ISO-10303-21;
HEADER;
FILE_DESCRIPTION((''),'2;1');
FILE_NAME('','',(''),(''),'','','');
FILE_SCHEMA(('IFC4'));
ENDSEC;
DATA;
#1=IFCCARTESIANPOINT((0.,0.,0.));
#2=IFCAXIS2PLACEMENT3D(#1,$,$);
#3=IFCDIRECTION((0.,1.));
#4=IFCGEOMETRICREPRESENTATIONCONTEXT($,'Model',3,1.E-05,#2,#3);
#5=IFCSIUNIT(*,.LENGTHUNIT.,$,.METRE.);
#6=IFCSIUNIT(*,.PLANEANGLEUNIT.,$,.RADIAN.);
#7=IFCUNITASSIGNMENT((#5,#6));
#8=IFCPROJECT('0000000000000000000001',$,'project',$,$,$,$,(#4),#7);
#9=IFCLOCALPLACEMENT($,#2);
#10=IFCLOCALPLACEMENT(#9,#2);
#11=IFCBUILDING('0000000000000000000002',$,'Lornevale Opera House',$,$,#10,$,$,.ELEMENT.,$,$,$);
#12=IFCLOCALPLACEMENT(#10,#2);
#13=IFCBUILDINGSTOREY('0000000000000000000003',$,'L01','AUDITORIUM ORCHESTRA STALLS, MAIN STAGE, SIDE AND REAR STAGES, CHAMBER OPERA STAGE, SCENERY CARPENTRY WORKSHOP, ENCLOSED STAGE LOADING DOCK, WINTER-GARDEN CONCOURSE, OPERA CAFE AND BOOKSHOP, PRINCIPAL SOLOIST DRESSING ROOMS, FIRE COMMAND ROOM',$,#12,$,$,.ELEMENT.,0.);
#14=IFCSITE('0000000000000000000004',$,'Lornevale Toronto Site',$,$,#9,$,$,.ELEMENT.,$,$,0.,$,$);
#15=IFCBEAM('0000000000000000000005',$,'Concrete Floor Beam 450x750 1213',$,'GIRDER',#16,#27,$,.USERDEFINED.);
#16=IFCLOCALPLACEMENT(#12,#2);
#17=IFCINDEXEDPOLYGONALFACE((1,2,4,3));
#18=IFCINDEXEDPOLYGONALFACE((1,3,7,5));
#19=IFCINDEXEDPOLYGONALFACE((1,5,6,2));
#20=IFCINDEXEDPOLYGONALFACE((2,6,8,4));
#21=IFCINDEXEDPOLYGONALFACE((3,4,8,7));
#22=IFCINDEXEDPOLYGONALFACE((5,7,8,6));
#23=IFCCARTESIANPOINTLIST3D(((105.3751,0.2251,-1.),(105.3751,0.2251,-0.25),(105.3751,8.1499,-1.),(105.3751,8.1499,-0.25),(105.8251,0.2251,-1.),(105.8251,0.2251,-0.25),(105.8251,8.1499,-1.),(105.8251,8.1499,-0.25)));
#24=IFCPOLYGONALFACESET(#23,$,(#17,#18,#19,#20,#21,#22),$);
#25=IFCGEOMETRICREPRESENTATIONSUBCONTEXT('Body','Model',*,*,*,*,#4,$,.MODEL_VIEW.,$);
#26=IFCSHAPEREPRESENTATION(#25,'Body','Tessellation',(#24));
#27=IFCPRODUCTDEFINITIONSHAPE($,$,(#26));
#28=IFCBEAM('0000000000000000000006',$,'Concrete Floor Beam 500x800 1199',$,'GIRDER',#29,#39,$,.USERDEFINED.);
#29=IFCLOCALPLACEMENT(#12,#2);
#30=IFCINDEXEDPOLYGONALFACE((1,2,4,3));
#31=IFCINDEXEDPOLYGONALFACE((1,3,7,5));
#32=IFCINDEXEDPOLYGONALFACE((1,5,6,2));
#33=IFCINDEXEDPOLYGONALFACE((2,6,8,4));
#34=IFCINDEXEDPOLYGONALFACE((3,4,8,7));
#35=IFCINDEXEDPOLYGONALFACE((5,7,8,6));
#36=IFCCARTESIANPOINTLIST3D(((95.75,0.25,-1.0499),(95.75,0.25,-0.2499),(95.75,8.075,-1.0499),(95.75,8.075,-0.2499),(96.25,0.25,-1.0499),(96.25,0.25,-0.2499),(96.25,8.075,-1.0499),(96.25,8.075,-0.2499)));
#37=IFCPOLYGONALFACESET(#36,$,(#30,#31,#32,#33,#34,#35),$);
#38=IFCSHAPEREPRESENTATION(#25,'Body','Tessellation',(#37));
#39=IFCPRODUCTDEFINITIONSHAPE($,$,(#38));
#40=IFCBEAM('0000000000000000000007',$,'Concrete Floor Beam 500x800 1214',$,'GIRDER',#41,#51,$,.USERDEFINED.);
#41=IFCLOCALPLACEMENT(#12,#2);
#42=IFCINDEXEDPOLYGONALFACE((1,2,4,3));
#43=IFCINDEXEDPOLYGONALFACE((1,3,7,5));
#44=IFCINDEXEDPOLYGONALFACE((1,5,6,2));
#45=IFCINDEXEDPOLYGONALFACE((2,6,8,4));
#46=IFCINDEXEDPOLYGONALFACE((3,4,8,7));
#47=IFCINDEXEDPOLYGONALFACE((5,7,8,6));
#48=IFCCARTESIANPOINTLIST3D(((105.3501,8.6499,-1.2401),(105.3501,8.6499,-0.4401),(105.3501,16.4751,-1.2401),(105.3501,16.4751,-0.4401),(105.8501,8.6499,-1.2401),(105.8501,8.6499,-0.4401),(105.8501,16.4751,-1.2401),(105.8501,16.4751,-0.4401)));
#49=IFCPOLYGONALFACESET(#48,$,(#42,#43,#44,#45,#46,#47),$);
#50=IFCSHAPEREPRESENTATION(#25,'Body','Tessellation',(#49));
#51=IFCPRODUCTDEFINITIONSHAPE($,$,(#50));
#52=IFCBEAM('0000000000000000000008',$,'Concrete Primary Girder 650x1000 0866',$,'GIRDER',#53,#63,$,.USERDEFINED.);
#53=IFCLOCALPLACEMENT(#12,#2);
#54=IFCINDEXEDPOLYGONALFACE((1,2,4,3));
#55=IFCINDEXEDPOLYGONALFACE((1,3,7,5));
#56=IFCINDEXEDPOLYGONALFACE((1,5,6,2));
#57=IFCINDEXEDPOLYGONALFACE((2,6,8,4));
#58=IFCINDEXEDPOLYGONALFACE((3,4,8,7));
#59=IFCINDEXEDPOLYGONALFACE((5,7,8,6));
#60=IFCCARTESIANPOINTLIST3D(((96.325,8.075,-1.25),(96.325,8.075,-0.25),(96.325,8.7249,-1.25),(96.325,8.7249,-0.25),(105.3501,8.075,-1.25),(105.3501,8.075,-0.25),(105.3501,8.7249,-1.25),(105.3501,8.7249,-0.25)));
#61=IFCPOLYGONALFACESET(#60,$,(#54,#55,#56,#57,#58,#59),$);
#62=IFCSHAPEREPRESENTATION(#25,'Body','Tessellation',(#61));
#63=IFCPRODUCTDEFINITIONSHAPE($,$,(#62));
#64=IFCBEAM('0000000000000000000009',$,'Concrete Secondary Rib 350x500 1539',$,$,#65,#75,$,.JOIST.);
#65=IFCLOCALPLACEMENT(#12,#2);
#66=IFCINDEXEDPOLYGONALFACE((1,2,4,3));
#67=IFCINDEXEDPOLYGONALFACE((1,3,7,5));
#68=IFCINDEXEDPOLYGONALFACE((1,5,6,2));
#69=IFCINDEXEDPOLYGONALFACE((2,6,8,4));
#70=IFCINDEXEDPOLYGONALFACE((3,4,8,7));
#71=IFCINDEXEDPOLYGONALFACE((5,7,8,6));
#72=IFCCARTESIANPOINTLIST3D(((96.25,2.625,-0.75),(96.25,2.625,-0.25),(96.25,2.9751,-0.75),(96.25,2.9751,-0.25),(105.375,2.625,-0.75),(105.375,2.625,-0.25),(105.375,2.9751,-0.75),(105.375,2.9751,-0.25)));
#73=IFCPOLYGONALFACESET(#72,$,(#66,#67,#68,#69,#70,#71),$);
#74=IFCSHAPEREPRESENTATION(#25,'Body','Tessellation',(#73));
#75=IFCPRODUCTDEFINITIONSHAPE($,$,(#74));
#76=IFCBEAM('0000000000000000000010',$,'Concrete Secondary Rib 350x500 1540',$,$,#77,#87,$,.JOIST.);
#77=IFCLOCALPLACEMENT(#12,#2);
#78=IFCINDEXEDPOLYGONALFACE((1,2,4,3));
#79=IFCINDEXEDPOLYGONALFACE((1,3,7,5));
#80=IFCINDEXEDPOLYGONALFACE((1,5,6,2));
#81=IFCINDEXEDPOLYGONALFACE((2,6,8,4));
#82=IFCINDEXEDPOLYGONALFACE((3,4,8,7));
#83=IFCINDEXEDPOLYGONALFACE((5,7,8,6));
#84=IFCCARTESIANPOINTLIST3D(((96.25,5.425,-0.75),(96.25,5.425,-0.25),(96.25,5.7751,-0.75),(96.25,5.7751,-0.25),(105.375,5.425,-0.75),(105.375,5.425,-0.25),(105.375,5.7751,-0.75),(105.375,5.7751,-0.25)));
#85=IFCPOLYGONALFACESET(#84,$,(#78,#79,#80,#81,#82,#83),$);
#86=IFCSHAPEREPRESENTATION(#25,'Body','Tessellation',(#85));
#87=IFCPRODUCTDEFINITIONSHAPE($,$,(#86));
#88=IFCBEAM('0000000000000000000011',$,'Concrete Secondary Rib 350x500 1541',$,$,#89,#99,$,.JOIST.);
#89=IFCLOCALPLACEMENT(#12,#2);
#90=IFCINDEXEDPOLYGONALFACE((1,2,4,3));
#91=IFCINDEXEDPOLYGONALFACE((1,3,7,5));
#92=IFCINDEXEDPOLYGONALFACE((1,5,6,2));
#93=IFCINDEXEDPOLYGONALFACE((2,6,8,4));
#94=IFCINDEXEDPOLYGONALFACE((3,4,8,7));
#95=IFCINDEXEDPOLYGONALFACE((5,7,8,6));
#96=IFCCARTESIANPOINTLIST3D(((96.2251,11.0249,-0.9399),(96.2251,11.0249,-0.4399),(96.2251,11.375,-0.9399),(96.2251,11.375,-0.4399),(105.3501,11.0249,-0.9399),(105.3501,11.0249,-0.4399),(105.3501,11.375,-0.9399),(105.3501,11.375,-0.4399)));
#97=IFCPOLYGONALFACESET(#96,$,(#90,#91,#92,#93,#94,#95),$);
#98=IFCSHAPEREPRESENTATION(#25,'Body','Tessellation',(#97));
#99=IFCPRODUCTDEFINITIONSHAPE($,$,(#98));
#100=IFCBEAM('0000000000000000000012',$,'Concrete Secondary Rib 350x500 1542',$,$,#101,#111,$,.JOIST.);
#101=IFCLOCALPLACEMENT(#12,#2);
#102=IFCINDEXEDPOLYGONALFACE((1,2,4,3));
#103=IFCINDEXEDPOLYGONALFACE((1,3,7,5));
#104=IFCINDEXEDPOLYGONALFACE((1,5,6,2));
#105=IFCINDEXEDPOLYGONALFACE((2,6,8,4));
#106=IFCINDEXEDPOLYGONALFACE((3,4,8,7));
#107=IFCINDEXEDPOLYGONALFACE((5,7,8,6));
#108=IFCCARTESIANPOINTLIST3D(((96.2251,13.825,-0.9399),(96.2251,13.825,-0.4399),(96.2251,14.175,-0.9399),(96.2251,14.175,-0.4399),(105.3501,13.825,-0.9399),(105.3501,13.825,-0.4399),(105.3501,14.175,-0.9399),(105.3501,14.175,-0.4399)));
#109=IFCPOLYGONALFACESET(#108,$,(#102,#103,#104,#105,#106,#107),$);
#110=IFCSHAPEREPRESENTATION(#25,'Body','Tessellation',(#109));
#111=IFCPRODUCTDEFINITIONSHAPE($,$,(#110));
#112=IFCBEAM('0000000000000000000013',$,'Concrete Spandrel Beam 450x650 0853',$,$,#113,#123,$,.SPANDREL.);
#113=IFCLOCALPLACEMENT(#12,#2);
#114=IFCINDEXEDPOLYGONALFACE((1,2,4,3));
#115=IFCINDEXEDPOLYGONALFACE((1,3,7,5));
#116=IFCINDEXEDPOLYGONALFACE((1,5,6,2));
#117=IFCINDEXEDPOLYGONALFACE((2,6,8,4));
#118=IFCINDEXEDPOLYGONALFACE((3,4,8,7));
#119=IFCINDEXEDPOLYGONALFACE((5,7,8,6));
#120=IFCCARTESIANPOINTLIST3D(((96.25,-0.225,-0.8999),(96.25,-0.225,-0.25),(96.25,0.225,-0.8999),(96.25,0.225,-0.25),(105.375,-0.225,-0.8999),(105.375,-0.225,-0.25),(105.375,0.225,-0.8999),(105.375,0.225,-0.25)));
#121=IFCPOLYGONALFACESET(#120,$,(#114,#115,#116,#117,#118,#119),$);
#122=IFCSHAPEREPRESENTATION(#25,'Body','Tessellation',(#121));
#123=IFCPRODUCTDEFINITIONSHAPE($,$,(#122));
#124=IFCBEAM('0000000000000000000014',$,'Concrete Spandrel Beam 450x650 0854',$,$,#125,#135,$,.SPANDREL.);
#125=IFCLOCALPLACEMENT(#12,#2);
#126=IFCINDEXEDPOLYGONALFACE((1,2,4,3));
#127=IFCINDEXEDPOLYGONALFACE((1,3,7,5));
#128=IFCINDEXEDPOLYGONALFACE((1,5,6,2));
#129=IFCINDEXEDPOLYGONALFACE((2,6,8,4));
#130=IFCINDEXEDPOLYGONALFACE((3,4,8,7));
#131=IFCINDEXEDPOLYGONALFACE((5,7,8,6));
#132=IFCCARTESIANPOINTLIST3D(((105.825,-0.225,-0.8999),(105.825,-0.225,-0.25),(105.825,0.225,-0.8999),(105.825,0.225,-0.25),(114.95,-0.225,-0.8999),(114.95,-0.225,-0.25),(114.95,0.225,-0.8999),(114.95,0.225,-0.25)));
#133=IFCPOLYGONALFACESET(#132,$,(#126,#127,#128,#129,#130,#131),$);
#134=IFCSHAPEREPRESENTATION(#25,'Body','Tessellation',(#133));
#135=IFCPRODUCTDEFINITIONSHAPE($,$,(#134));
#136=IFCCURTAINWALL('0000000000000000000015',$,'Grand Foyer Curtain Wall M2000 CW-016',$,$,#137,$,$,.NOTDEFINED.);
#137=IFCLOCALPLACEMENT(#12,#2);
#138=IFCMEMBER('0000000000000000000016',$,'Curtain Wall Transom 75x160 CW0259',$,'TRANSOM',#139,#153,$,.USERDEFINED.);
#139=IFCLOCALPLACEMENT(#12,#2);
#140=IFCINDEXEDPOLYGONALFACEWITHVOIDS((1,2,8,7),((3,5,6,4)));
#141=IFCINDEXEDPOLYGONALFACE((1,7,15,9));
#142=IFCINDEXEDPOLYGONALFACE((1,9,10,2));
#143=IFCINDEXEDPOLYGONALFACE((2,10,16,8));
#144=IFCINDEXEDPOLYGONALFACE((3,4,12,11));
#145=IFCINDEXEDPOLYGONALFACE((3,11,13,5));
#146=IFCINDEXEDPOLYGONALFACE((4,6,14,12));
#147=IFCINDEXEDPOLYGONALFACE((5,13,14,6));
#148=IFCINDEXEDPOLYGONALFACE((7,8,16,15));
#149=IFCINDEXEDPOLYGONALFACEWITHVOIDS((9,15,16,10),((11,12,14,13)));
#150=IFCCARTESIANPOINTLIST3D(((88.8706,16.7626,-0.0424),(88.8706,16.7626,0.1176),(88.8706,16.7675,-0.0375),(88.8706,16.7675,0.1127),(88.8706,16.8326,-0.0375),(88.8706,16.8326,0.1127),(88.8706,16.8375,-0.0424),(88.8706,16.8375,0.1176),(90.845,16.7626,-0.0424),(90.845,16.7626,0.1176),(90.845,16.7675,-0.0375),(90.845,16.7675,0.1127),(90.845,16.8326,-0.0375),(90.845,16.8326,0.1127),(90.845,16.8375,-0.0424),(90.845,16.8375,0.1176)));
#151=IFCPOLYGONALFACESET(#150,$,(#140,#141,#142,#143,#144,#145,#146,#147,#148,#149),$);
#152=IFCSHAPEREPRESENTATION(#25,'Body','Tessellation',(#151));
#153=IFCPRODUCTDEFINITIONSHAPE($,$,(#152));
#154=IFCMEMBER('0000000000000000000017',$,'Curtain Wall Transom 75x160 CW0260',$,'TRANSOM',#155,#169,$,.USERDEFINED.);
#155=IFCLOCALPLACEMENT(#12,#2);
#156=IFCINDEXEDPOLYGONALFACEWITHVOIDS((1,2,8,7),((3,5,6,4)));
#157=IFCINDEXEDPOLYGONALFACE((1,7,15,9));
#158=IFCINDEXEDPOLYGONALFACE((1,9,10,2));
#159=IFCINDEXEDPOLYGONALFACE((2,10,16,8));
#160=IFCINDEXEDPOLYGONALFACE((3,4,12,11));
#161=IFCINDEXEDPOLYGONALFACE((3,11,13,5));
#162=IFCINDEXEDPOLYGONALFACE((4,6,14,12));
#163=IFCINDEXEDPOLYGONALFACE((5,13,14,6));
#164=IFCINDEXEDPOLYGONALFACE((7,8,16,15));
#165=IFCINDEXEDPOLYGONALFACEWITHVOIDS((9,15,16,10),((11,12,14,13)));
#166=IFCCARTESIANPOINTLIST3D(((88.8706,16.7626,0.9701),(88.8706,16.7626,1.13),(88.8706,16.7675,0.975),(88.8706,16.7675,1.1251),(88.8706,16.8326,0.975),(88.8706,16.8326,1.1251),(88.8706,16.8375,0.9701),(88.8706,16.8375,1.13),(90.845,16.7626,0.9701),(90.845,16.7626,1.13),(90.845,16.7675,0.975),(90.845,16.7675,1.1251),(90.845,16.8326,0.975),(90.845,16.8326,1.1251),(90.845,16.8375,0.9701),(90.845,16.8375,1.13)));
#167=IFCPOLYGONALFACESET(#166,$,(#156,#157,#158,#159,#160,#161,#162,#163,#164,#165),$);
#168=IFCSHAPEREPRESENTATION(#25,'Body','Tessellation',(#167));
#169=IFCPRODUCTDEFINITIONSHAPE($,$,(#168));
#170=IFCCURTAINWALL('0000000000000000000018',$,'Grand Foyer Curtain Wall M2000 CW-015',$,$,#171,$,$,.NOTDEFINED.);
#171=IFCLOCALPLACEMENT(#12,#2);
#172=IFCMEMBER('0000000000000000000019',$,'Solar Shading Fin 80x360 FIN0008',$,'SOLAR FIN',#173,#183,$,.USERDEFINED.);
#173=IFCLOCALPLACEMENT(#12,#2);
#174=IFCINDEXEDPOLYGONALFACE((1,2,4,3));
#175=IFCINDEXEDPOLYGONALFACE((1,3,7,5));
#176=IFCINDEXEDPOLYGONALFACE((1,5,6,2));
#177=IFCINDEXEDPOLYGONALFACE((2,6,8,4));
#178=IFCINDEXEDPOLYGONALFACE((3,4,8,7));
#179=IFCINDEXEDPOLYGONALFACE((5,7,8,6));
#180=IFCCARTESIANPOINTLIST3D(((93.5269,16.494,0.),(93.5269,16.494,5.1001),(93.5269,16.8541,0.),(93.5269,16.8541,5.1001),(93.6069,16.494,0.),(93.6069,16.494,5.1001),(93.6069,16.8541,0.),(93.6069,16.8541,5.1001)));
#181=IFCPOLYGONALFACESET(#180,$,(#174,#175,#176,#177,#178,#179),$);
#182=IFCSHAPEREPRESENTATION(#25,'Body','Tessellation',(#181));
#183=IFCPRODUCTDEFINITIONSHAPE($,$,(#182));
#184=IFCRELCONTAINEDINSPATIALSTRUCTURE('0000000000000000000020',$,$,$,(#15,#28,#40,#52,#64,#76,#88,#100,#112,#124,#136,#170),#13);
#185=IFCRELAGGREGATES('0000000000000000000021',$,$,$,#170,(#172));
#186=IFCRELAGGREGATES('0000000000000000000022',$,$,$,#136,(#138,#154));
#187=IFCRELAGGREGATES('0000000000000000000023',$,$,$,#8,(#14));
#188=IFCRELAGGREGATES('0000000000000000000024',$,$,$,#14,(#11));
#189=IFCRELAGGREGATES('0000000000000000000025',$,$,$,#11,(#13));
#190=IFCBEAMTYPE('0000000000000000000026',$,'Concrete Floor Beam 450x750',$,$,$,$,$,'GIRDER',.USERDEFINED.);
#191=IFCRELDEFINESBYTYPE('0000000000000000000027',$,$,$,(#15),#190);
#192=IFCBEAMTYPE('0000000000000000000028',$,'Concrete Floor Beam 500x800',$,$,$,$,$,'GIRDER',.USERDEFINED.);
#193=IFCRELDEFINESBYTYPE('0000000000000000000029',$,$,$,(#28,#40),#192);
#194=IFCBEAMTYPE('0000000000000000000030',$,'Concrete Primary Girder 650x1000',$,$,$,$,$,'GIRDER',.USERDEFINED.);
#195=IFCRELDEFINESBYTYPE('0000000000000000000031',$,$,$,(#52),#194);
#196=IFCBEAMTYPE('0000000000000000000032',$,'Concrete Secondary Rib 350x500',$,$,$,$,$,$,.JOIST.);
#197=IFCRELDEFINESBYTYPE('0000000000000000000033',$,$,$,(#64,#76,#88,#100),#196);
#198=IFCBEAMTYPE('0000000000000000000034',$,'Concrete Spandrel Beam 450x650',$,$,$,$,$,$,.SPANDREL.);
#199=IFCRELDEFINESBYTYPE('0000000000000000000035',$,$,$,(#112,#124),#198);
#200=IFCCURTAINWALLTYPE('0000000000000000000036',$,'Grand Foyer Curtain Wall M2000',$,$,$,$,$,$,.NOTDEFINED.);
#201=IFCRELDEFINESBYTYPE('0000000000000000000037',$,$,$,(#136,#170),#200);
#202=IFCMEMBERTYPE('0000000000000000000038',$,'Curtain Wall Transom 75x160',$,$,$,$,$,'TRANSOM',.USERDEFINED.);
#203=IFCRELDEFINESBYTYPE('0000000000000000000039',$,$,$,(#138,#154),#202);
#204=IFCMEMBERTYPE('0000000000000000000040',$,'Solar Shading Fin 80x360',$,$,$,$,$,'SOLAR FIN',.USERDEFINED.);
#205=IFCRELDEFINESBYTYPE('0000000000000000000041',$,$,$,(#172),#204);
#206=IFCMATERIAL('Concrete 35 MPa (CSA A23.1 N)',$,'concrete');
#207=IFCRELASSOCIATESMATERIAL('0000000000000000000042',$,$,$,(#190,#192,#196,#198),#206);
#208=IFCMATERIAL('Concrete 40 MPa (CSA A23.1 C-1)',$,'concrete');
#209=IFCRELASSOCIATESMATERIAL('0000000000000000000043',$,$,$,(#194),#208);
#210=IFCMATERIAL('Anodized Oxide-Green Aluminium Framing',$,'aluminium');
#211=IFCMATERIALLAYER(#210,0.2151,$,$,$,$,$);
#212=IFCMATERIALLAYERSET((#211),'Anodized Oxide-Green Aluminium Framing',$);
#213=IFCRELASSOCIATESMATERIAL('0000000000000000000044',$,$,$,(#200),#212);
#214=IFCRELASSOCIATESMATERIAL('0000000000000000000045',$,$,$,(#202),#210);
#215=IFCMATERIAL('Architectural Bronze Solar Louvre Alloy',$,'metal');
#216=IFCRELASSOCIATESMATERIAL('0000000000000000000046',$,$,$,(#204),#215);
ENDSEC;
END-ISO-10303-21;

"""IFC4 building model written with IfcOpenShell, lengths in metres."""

from ifc_helpers import new_model, si_unit, direction, frame, origin, origin_2d, place, context, subcontext, project, spatial, rectangle, hollow_rectangle, extrude, material, layer, layer_set, material_profile, profile_set, type_object, element, aggregate, save


model = new_model("IFC4")

# Units and contexts
model_context = context("Model", 3, precision=1e-05, world=origin(), true_north=direction((0.0, 1.0)))
body_context = subcontext(model_context, "Body", "Model", "MODEL_VIEW")
ifc_project = project(units=[si_unit("LENGTHUNIT", "METRE"), si_unit("PLANEANGLEUNIT", "RADIAN")], contexts=[model_context])

# Site, building, storey
site_placement = place(None, origin())
site = spatial("IfcSite", under=ifc_project, at=site_placement, Name="Lornevale Toronto Site", CompositionType="ELEMENT", RefElevation=0.0)
building_placement = place(site_placement, origin())
building = spatial("IfcBuilding", under=site, at=building_placement, Name="Lornevale Opera House", CompositionType="ELEMENT")
storey_placement = place(building_placement, origin())
storey = spatial("IfcBuildingStorey", under=building, at=storey_placement, Name="L01", Description="AUDITORIUM ORCHESTRA STALLS, MAIN STAGE, SIDE AND REAR STAGES, CHAMBER OPERA STAGE, SCENERY CARPENTRY WORKSHOP, ENCLOSED STAGE LOADING DOCK, WINTER-GARDEN CONCOURSE, OPERA CAFE AND BOOKSHOP, PRINCIPAL SOLOIST DRESSING ROOMS, FIRE COMMAND ROOM", CompositionType="ELEMENT", Elevation=0.0)

# Beams
ifc_material_1 = material(Name="Concrete 35 MPa (CSA A23.1 N)", Category="concrete")
ifc_material_profile_1 = material_profile(ifc_material_1, rectangle(XDim=0.45, YDim=0.75, at=origin_2d()), Name="RC450x750")
ifc_profile_set_1 = profile_set([ifc_material_profile_1], Name="Concrete 35 MPa (CSA A23.1 N)")
beam_type_1 = type_object("IfcBeamType", Name="Concrete Floor Beam 450x750", ElementType="GIRDER", PredefinedType="USERDEFINED", material=ifc_profile_set_1)
beam_1_placement = place(storey_placement, frame((105.6001, 0.2251, -0.625), z_axis=(0.0, 1.0, 0.0), x_axis=(-1.0, 0.0, 0.0)))
element("IfcBeam", 1, at=beam_1_placement, inside=storey, type_object=beam_type_1, Name="Concrete Floor Beam 450x750 1213", ObjectType="GIRDER", PredefinedType="USERDEFINED", context=body_context, shape_type="SweptSolid", body=[
    extrude(rectangle(XDim=0.45, YDim=0.75, at=origin_2d()), origin(), (0.0, 0.0, 1.0), 7.9248),
])
ifc_material_profile_2 = material_profile(ifc_material_1, rectangle(XDim=0.5, YDim=0.8, at=origin_2d()), Name="RC500x800")
ifc_profile_set_2 = profile_set([ifc_material_profile_2], Name="Concrete 35 MPa (CSA A23.1 N)")
beam_type_2 = type_object("IfcBeamType", Name="Concrete Floor Beam 500x800", ElementType="GIRDER", PredefinedType="USERDEFINED", material=ifc_profile_set_2)
beam_2_placement = place(storey_placement, frame((96.0, 0.25, -0.6499), z_axis=(0.0, 1.0, 0.0), x_axis=(-1.0, 0.0, 0.0)))
element("IfcBeam", 2, at=beam_2_placement, inside=storey, type_object=beam_type_2, Name="Concrete Floor Beam 500x800 1199", ObjectType="GIRDER", PredefinedType="USERDEFINED", context=body_context, shape_type="SweptSolid", body=[
    extrude(rectangle(XDim=0.5, YDim=0.8, at=origin_2d()), origin(), (0.0, 0.0, 1.0), 7.825),
])
beam_3_placement = place(storey_placement, frame((105.6001, 8.6499, -0.8401), z_axis=(0.0, 1.0, 0.0), x_axis=(-1.0, 0.0, 0.0)))
element("IfcBeam", 3, at=beam_3_placement, inside=storey, type_object=beam_type_2, Name="Concrete Floor Beam 500x800 1214", ObjectType="GIRDER", PredefinedType="USERDEFINED", context=body_context, shape_type="SweptSolid", body=[
    extrude(rectangle(XDim=0.5, YDim=0.8, at=origin_2d()), origin(), (0.0, 0.0, 1.0), 7.8252),
])
ifc_material_2 = material(Name="Concrete 40 MPa (CSA A23.1 C-1)", Category="concrete")
ifc_material_profile_3 = material_profile(ifc_material_2, rectangle(XDim=0.6499, YDim=1.0, at=origin_2d()), Name="RC650x1000")
ifc_profile_set_3 = profile_set([ifc_material_profile_3], Name="Concrete 40 MPa (CSA A23.1 C-1)")
beam_type_3 = type_object("IfcBeamType", Name="Concrete Primary Girder 650x1000", ElementType="GIRDER", PredefinedType="USERDEFINED", material=ifc_profile_set_3)
beam_4_placement = place(storey_placement, frame((96.325, 8.3999, -0.75), z_axis=(1.0, 0.0, 0.0), x_axis=(0.0, 1.0, 0.0)))
element("IfcBeam", 4, at=beam_4_placement, inside=storey, type_object=beam_type_3, Name="Concrete Primary Girder 650x1000 0866", ObjectType="GIRDER", PredefinedType="USERDEFINED", context=body_context, shape_type="SweptSolid", body=[
    extrude(rectangle(XDim=0.6499, YDim=1.0, at=origin_2d()), origin(), (0.0, 0.0, 1.0), 9.0251),
])
ifc_material_profile_4 = material_profile(ifc_material_1, rectangle(XDim=0.3501, YDim=0.5, at=origin_2d()), Name="RC350x500")
ifc_profile_set_4 = profile_set([ifc_material_profile_4], Name="Concrete 35 MPa (CSA A23.1 N)")
beam_type_4 = type_object("IfcBeamType", Name="Concrete Secondary Rib 350x500", PredefinedType="JOIST", material=ifc_profile_set_4)
for number, where, z_axis, x_axis, name in (
    (5, (96.25, 2.8, -0.5), (1.0, 0.0, 0.0), (0.0, 1.0, 0.0), "Concrete Secondary Rib 350x500 1539"),
    (6, (96.25, 5.6001, -0.5), (1.0, 0.0, 0.0), (0.0, 1.0, 0.0), "Concrete Secondary Rib 350x500 1540"),
    (7, (96.2251, 11.2, -0.6899), (1.0, 0.0, 0.0), (0.0, 1.0, 0.0), "Concrete Secondary Rib 350x500 1541"),
    (8, (96.2251, 14.0, -0.6899), (1.0, 0.0, 0.0), (0.0, 1.0, 0.0), "Concrete Secondary Rib 350x500 1542"),
):
    element("IfcBeam", number, at=place(storey_placement, frame(where, z_axis=z_axis, x_axis=x_axis)), inside=storey, type_object=beam_type_4, Name=name, PredefinedType="JOIST", context=body_context, shape_type="SweptSolid", body=[
        extrude(rectangle(XDim=0.3501, YDim=0.5, at=origin_2d()), origin(), (0.0, 0.0, 1.0), 9.125),
    ])
ifc_material_profile_5 = material_profile(ifc_material_1, rectangle(XDim=0.45, YDim=0.6499, at=origin_2d()), Name="RC450x650")
ifc_profile_set_5 = profile_set([ifc_material_profile_5], Name="Concrete 35 MPa (CSA A23.1 N)")
beam_type_5 = type_object("IfcBeamType", Name="Concrete Spandrel Beam 450x650", PredefinedType="SPANDREL", material=ifc_profile_set_5)
for number, where, z_axis, x_axis, name in (
    (9, (96.25, 0.0, -0.575), (1.0, 0.0, 0.0), (0.0, 1.0, 0.0), "Concrete Spandrel Beam 450x650 0853"),
    (10, (105.825, 0.0, -0.575), (1.0, 0.0, 0.0), (0.0, 1.0, 0.0), "Concrete Spandrel Beam 450x650 0854"),
):
    element("IfcBeam", number, at=place(storey_placement, frame(where, z_axis=z_axis, x_axis=x_axis)), inside=storey, type_object=beam_type_5, Name=name, PredefinedType="SPANDREL", context=body_context, shape_type="SweptSolid", body=[
        extrude(rectangle(XDim=0.45, YDim=0.6499, at=origin_2d()), origin(), (0.0, 0.0, 1.0), 9.125),
    ])

# Curtain wall, members
ifc_material_3 = material(Name="Anodized Oxide-Green Aluminium Framing", Category="aluminium")
ifc_layer_1 = layer(ifc_material_3, 0.2151)
ifc_layer_set_1 = layer_set([ifc_layer_1], Name="Anodized Oxide-Green Aluminium Framing")
curtain_wall_type = type_object("IfcCurtainWallType", Name="Grand Foyer Curtain Wall M2000", PredefinedType="NOTDEFINED", material=ifc_layer_set_1)
curtain_wall_1_placement = place(storey_placement, origin())
curtain_wall_1 = element("IfcCurtainWall", 11, at=curtain_wall_1_placement, inside=storey, type_object=curtain_wall_type, Name="Grand Foyer Curtain Wall M2000 CW-016", PredefinedType="NOTDEFINED")
ifc_material_profile_6 = material_profile(ifc_material_3, hollow_rectangle(XDim=0.075, YDim=0.1599, WallThickness=0.0049, at=origin_2d()), Name="ALU75x160x5")
ifc_profile_set_6 = profile_set([ifc_material_profile_6], Name="Anodized Oxide-Green Aluminium Framing")
member_type_1 = type_object("IfcMemberType", Name="Curtain Wall Transom 75x160", ElementType="TRANSOM", PredefinedType="USERDEFINED", material=ifc_profile_set_6)
member_1_placement = place(storey_placement, frame((90.845, 16.8, 0.0376), z_axis=(-1.0, 0.0, 0.0), x_axis=(0.0, -1.0, 0.0)))
member_1 = element("IfcMember", 12, at=member_1_placement, type_object=member_type_1, Name="Curtain Wall Transom 75x160 CW0259", ObjectType="TRANSOM", PredefinedType="USERDEFINED", context=body_context, shape_type="SweptSolid", body=[
    extrude(hollow_rectangle(XDim=0.075, YDim=0.1599, WallThickness=0.0049, at=origin_2d()), origin(), (0.0, 0.0, 1.0), 1.9744),
])
member_2_placement = place(storey_placement, frame((90.845, 16.8, 1.05), z_axis=(-1.0, 0.0, 0.0), x_axis=(0.0, -1.0, 0.0)))
member_2 = element("IfcMember", 13, at=member_2_placement, type_object=member_type_1, Name="Curtain Wall Transom 75x160 CW0260", ObjectType="TRANSOM", PredefinedType="USERDEFINED", context=body_context, shape_type="SweptSolid", body=[
    extrude(hollow_rectangle(XDim=0.075, YDim=0.1599, WallThickness=0.0049, at=origin_2d()), origin(), (0.0, 0.0, 1.0), 1.9744),
])

# Curtain wall, member
curtain_wall_2_placement = place(storey_placement, origin())
curtain_wall_2 = element("IfcCurtainWall", 14, at=curtain_wall_2_placement, inside=storey, type_object=curtain_wall_type, Name="Grand Foyer Curtain Wall M2000 CW-015", PredefinedType="NOTDEFINED")
ifc_material_4 = material(Name="Architectural Bronze Solar Louvre Alloy", Category="metal")
ifc_material_profile_7 = material_profile(ifc_material_4, rectangle(XDim=0.0801, YDim=0.3601, at=origin_2d()), Name="FIN80x360")
ifc_profile_set_7 = profile_set([ifc_material_profile_7], Name="Architectural Bronze Solar Louvre Alloy")
member_type_2 = type_object("IfcMemberType", Name="Solar Shading Fin 80x360", ElementType="SOLAR FIN", PredefinedType="USERDEFINED", material=ifc_profile_set_7)
member_3_placement = place(storey_placement, frame((93.5669, 16.6741, 0.0), z_axis=(0.0, 0.0, 1.0), x_axis=(-1.0, 0.0, 0.0)))
member_3 = element("IfcMember", 15, at=member_3_placement, type_object=member_type_2, Name="Solar Shading Fin 80x360 FIN0008", ObjectType="SOLAR FIN", PredefinedType="USERDEFINED", context=body_context, shape_type="SweptSolid", body=[
    extrude(rectangle(XDim=0.0801, YDim=0.3601, at=origin_2d()), origin(), (0.0, 0.0, 1.0), 5.1001),
])
aggregate(curtain_wall_2, [member_3])

aggregate(curtain_wall_1, [member_1, member_2])

save(model, "model.ifc")
